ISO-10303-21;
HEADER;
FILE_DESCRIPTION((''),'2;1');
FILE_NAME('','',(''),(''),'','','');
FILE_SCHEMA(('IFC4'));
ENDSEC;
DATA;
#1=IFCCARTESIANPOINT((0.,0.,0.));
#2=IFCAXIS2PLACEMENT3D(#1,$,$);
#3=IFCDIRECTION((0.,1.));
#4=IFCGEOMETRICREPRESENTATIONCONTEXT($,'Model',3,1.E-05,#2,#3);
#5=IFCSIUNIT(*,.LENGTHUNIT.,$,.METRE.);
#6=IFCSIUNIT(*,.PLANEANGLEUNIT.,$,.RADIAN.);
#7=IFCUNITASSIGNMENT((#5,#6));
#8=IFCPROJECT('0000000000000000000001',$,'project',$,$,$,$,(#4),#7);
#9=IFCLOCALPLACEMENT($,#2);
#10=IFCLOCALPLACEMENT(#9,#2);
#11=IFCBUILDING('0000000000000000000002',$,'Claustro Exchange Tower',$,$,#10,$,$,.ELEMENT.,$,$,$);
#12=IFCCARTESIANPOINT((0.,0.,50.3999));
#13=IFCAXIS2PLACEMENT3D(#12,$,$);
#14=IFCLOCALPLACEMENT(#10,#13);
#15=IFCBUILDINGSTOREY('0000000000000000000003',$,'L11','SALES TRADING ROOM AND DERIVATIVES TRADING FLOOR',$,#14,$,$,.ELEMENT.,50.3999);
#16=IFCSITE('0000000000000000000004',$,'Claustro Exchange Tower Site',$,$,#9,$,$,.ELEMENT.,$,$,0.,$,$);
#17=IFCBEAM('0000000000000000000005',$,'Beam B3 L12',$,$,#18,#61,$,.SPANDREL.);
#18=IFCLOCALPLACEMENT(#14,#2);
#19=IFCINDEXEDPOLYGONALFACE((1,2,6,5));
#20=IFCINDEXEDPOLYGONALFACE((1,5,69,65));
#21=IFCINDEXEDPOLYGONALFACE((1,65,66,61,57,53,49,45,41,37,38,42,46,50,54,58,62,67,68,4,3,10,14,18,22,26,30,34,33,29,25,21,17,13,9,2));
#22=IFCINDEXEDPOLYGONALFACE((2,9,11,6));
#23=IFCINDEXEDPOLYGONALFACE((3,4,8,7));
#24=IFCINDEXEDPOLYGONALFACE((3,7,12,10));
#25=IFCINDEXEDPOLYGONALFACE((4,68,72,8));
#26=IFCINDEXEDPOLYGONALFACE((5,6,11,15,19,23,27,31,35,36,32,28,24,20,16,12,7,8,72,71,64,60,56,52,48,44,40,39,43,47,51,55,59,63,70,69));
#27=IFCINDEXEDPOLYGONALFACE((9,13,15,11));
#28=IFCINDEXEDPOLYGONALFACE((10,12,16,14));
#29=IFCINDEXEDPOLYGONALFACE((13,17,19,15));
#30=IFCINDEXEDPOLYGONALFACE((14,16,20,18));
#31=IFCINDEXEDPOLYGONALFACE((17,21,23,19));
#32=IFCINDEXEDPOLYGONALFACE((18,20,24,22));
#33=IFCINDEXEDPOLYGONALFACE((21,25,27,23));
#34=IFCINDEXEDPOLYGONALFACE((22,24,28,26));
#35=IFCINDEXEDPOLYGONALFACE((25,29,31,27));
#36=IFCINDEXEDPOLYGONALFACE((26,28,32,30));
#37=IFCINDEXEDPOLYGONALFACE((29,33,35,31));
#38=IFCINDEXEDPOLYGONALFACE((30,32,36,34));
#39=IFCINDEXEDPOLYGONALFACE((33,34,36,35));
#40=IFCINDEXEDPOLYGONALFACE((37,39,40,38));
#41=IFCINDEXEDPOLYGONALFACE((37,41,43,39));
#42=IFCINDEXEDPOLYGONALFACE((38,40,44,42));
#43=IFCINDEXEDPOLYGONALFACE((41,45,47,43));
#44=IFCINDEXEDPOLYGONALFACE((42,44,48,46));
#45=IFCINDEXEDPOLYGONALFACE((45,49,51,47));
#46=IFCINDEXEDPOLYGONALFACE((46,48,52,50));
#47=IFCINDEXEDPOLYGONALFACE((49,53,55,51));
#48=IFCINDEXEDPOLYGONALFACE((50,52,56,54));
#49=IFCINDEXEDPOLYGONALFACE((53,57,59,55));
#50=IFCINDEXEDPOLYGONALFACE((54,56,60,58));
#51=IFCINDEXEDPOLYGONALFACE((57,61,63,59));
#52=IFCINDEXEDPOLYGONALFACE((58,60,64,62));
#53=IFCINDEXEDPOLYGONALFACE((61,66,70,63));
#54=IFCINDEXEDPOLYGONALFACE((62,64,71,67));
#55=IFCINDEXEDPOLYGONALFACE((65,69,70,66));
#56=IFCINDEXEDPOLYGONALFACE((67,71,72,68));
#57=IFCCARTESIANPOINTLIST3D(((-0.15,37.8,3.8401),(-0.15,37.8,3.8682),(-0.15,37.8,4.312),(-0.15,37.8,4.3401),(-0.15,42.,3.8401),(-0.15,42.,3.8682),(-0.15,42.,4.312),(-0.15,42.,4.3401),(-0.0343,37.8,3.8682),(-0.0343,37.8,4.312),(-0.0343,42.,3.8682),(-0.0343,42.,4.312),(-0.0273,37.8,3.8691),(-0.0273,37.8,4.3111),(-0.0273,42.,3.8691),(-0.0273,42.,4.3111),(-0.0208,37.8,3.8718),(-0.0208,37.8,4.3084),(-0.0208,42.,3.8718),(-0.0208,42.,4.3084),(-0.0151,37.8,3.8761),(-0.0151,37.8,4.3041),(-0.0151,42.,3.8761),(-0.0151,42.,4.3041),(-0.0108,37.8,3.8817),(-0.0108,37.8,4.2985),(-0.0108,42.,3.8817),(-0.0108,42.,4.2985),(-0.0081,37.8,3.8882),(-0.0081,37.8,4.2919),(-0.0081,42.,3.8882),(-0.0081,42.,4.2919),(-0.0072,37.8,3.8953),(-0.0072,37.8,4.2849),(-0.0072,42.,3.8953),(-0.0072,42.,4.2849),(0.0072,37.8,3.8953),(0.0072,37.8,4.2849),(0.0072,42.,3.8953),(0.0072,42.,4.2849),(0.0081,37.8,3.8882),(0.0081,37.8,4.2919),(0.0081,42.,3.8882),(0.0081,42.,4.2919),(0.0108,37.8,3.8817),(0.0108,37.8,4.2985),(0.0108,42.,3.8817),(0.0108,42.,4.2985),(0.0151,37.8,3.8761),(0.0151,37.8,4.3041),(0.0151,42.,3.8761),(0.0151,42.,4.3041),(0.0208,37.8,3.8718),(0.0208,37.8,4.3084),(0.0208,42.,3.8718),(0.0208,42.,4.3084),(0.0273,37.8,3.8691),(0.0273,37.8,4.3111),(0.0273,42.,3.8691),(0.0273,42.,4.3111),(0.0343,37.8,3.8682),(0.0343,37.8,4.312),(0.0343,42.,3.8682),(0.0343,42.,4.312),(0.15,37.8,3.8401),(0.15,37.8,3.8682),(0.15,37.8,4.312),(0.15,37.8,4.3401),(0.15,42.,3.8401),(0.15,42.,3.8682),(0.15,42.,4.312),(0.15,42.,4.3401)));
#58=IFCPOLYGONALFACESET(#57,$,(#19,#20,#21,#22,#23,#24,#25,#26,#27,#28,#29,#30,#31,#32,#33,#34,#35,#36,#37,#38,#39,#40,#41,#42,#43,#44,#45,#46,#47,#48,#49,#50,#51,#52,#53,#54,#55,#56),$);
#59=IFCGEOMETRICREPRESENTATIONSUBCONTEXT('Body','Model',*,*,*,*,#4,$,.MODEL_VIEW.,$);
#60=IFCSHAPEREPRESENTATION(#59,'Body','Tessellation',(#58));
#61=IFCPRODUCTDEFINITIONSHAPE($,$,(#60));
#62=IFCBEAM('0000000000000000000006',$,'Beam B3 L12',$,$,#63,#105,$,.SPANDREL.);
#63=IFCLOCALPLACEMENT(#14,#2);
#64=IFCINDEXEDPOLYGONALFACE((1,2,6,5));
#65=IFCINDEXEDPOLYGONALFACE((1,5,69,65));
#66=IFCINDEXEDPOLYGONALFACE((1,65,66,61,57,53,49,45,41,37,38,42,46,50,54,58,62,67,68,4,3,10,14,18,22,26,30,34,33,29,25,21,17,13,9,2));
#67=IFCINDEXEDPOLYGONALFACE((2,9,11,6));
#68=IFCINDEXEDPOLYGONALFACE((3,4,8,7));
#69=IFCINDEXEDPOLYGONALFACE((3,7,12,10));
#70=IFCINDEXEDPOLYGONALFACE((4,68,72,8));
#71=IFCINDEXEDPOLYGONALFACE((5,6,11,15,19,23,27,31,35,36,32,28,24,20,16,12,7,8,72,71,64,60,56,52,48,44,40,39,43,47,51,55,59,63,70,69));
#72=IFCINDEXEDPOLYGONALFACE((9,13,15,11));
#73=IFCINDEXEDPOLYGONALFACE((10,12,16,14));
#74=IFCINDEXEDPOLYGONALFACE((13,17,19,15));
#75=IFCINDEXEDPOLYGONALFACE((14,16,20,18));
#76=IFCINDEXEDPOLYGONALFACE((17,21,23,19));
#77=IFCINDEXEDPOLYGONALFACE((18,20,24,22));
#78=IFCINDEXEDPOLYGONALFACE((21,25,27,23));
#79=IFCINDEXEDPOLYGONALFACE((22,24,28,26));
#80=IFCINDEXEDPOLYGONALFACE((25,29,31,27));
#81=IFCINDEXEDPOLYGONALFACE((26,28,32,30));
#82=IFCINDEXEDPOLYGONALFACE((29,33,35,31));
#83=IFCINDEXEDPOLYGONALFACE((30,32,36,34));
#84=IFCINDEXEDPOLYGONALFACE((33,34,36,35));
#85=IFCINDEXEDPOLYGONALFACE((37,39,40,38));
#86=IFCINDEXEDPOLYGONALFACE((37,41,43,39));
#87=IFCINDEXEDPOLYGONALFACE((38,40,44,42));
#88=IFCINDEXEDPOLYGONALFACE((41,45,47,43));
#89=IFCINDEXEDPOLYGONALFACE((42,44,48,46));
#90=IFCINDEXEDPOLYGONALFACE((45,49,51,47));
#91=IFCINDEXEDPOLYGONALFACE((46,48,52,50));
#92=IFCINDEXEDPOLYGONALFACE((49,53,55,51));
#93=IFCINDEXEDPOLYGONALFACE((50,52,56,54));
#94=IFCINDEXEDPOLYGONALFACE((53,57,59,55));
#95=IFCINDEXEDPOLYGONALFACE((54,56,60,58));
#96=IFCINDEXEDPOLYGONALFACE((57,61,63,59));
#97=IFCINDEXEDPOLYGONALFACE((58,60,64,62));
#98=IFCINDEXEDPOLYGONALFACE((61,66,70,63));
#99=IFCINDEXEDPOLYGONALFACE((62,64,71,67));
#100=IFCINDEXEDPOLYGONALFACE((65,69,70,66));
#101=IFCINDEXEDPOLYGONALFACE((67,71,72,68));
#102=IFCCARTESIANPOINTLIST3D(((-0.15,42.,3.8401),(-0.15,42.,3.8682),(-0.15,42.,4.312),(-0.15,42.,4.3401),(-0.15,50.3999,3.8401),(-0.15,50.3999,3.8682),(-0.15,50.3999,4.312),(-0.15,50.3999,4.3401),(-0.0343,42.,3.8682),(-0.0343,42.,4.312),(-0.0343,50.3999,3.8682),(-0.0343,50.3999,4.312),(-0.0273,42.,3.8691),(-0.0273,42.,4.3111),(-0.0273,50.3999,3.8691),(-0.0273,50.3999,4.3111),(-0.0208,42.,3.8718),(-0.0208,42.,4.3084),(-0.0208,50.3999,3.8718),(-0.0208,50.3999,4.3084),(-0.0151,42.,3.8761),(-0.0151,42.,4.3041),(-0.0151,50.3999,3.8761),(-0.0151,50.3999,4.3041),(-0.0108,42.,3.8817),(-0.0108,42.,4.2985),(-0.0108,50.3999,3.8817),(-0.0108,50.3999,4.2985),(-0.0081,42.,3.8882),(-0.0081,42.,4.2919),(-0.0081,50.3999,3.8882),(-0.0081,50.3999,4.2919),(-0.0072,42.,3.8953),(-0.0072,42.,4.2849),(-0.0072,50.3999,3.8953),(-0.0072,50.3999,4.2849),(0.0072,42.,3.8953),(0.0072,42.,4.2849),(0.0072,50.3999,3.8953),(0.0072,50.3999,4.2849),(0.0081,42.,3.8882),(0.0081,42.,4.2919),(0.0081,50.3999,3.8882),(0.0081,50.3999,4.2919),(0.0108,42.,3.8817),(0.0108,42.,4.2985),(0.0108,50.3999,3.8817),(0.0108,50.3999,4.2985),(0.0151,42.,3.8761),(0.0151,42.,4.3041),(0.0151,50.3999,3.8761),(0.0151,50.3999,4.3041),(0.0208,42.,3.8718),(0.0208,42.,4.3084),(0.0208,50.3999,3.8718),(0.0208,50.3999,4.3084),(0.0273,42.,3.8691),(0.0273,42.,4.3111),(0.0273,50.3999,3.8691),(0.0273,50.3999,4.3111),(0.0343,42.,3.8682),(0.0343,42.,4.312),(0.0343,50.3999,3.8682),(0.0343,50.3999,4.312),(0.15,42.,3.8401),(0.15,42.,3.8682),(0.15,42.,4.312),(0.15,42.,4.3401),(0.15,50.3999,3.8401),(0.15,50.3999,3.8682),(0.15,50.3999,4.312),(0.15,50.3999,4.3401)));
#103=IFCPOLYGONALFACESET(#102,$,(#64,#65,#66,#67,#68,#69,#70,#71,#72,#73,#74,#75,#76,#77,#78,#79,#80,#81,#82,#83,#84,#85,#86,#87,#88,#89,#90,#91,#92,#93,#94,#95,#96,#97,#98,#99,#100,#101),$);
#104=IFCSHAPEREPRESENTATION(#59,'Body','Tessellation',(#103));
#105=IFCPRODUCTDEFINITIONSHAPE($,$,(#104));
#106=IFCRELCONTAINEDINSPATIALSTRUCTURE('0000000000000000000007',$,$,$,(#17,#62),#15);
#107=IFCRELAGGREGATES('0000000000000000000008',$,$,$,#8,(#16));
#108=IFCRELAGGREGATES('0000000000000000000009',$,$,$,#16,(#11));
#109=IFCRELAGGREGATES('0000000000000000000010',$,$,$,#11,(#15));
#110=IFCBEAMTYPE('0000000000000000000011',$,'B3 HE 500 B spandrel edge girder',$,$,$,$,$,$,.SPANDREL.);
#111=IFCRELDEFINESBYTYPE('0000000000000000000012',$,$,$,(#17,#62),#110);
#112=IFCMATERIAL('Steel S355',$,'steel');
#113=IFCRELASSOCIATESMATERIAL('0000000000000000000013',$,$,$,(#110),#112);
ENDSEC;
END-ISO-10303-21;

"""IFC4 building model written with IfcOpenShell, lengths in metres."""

from ifc_helpers import new_model, si_unit, direction, frame, origin, origin_2d, place, context, subcontext, project, spatial, i_section, extrude, material, material_profile, profile_set, type_object, element, save


model = new_model("IFC4")

# Units and contexts
model_context = context("Model", 3, precision=1e-05, world=origin(), true_north=direction((0.0, 1.0)))
body_context = subcontext(model_context, "Body", "Model", "MODEL_VIEW")
ifc_project = project(units=[si_unit("LENGTHUNIT", "METRE"), si_unit("PLANEANGLEUNIT", "RADIAN")], contexts=[model_context])

# Site, building, storey
site_placement = place(None, origin())
site = spatial("IfcSite", under=ifc_project, at=site_placement, Name="Claustro Exchange Tower Site", CompositionType="ELEMENT", RefElevation=0.0)
building_placement = place(site_placement, origin())
building = spatial("IfcBuilding", under=site, at=building_placement, Name="Claustro Exchange Tower", CompositionType="ELEMENT")
storey_placement = place(building_placement, frame((0.0, 0.0, 50.3999)))
storey = spatial("IfcBuildingStorey", under=building, at=storey_placement, Name="L11", Description="SALES TRADING ROOM AND DERIVATIVES TRADING FLOOR", CompositionType="ELEMENT", Elevation=50.3999)

# Beams
ifc_material_1 = material(Name="Steel S355", Category="steel")
ifc_material_profile_1 = material_profile(ifc_material_1, i_section(OverallWidth=0.3, OverallDepth=0.5, WebThickness=0.0144, FlangeThickness=0.0281, FilletRadius=0.0271, at=origin_2d()), Name="HE 500 B")
ifc_profile_set_1 = profile_set([ifc_material_profile_1], Name="Steel S355")
beam_type_1 = type_object("IfcBeamType", Name="B3 HE 500 B spandrel edge girder", PredefinedType="SPANDREL", material=ifc_profile_set_1)
beam_1_placement = place(storey_placement, frame((0.0, 37.8, 4.0901), z_axis=(0.0, 1.0, 0.0), x_axis=(-1.0, 0.0, 0.0)))
element("IfcBeam", 1, at=beam_1_placement, inside=storey, type_object=beam_type_1, Name="Beam B3 L12", PredefinedType="SPANDREL", context=body_context, shape_type="SweptSolid", body=[
    extrude(i_section(OverallWidth=0.3, OverallDepth=0.5, WebThickness=0.0144, FlangeThickness=0.0281, FilletRadius=0.0271, at=origin_2d()), origin(), (0.0, 0.0, 1.0), 4.2),
])
beam_2_placement = place(storey_placement, frame((0.0, 42.0, 4.0901), z_axis=(0.0, 1.0, 0.0), x_axis=(-1.0, 0.0, 0.0)))
element("IfcBeam", 2, at=beam_2_placement, inside=storey, type_object=beam_type_1, Name="Beam B3 L12", PredefinedType="SPANDREL", context=body_context, shape_type="SweptSolid", body=[
    extrude(i_section(OverallWidth=0.3, OverallDepth=0.5, WebThickness=0.0144, FlangeThickness=0.0281, FilletRadius=0.0271, at=origin_2d()), origin(), (0.0, 0.0, 1.0), 8.3999),
])

save(model, "model.ifc")
